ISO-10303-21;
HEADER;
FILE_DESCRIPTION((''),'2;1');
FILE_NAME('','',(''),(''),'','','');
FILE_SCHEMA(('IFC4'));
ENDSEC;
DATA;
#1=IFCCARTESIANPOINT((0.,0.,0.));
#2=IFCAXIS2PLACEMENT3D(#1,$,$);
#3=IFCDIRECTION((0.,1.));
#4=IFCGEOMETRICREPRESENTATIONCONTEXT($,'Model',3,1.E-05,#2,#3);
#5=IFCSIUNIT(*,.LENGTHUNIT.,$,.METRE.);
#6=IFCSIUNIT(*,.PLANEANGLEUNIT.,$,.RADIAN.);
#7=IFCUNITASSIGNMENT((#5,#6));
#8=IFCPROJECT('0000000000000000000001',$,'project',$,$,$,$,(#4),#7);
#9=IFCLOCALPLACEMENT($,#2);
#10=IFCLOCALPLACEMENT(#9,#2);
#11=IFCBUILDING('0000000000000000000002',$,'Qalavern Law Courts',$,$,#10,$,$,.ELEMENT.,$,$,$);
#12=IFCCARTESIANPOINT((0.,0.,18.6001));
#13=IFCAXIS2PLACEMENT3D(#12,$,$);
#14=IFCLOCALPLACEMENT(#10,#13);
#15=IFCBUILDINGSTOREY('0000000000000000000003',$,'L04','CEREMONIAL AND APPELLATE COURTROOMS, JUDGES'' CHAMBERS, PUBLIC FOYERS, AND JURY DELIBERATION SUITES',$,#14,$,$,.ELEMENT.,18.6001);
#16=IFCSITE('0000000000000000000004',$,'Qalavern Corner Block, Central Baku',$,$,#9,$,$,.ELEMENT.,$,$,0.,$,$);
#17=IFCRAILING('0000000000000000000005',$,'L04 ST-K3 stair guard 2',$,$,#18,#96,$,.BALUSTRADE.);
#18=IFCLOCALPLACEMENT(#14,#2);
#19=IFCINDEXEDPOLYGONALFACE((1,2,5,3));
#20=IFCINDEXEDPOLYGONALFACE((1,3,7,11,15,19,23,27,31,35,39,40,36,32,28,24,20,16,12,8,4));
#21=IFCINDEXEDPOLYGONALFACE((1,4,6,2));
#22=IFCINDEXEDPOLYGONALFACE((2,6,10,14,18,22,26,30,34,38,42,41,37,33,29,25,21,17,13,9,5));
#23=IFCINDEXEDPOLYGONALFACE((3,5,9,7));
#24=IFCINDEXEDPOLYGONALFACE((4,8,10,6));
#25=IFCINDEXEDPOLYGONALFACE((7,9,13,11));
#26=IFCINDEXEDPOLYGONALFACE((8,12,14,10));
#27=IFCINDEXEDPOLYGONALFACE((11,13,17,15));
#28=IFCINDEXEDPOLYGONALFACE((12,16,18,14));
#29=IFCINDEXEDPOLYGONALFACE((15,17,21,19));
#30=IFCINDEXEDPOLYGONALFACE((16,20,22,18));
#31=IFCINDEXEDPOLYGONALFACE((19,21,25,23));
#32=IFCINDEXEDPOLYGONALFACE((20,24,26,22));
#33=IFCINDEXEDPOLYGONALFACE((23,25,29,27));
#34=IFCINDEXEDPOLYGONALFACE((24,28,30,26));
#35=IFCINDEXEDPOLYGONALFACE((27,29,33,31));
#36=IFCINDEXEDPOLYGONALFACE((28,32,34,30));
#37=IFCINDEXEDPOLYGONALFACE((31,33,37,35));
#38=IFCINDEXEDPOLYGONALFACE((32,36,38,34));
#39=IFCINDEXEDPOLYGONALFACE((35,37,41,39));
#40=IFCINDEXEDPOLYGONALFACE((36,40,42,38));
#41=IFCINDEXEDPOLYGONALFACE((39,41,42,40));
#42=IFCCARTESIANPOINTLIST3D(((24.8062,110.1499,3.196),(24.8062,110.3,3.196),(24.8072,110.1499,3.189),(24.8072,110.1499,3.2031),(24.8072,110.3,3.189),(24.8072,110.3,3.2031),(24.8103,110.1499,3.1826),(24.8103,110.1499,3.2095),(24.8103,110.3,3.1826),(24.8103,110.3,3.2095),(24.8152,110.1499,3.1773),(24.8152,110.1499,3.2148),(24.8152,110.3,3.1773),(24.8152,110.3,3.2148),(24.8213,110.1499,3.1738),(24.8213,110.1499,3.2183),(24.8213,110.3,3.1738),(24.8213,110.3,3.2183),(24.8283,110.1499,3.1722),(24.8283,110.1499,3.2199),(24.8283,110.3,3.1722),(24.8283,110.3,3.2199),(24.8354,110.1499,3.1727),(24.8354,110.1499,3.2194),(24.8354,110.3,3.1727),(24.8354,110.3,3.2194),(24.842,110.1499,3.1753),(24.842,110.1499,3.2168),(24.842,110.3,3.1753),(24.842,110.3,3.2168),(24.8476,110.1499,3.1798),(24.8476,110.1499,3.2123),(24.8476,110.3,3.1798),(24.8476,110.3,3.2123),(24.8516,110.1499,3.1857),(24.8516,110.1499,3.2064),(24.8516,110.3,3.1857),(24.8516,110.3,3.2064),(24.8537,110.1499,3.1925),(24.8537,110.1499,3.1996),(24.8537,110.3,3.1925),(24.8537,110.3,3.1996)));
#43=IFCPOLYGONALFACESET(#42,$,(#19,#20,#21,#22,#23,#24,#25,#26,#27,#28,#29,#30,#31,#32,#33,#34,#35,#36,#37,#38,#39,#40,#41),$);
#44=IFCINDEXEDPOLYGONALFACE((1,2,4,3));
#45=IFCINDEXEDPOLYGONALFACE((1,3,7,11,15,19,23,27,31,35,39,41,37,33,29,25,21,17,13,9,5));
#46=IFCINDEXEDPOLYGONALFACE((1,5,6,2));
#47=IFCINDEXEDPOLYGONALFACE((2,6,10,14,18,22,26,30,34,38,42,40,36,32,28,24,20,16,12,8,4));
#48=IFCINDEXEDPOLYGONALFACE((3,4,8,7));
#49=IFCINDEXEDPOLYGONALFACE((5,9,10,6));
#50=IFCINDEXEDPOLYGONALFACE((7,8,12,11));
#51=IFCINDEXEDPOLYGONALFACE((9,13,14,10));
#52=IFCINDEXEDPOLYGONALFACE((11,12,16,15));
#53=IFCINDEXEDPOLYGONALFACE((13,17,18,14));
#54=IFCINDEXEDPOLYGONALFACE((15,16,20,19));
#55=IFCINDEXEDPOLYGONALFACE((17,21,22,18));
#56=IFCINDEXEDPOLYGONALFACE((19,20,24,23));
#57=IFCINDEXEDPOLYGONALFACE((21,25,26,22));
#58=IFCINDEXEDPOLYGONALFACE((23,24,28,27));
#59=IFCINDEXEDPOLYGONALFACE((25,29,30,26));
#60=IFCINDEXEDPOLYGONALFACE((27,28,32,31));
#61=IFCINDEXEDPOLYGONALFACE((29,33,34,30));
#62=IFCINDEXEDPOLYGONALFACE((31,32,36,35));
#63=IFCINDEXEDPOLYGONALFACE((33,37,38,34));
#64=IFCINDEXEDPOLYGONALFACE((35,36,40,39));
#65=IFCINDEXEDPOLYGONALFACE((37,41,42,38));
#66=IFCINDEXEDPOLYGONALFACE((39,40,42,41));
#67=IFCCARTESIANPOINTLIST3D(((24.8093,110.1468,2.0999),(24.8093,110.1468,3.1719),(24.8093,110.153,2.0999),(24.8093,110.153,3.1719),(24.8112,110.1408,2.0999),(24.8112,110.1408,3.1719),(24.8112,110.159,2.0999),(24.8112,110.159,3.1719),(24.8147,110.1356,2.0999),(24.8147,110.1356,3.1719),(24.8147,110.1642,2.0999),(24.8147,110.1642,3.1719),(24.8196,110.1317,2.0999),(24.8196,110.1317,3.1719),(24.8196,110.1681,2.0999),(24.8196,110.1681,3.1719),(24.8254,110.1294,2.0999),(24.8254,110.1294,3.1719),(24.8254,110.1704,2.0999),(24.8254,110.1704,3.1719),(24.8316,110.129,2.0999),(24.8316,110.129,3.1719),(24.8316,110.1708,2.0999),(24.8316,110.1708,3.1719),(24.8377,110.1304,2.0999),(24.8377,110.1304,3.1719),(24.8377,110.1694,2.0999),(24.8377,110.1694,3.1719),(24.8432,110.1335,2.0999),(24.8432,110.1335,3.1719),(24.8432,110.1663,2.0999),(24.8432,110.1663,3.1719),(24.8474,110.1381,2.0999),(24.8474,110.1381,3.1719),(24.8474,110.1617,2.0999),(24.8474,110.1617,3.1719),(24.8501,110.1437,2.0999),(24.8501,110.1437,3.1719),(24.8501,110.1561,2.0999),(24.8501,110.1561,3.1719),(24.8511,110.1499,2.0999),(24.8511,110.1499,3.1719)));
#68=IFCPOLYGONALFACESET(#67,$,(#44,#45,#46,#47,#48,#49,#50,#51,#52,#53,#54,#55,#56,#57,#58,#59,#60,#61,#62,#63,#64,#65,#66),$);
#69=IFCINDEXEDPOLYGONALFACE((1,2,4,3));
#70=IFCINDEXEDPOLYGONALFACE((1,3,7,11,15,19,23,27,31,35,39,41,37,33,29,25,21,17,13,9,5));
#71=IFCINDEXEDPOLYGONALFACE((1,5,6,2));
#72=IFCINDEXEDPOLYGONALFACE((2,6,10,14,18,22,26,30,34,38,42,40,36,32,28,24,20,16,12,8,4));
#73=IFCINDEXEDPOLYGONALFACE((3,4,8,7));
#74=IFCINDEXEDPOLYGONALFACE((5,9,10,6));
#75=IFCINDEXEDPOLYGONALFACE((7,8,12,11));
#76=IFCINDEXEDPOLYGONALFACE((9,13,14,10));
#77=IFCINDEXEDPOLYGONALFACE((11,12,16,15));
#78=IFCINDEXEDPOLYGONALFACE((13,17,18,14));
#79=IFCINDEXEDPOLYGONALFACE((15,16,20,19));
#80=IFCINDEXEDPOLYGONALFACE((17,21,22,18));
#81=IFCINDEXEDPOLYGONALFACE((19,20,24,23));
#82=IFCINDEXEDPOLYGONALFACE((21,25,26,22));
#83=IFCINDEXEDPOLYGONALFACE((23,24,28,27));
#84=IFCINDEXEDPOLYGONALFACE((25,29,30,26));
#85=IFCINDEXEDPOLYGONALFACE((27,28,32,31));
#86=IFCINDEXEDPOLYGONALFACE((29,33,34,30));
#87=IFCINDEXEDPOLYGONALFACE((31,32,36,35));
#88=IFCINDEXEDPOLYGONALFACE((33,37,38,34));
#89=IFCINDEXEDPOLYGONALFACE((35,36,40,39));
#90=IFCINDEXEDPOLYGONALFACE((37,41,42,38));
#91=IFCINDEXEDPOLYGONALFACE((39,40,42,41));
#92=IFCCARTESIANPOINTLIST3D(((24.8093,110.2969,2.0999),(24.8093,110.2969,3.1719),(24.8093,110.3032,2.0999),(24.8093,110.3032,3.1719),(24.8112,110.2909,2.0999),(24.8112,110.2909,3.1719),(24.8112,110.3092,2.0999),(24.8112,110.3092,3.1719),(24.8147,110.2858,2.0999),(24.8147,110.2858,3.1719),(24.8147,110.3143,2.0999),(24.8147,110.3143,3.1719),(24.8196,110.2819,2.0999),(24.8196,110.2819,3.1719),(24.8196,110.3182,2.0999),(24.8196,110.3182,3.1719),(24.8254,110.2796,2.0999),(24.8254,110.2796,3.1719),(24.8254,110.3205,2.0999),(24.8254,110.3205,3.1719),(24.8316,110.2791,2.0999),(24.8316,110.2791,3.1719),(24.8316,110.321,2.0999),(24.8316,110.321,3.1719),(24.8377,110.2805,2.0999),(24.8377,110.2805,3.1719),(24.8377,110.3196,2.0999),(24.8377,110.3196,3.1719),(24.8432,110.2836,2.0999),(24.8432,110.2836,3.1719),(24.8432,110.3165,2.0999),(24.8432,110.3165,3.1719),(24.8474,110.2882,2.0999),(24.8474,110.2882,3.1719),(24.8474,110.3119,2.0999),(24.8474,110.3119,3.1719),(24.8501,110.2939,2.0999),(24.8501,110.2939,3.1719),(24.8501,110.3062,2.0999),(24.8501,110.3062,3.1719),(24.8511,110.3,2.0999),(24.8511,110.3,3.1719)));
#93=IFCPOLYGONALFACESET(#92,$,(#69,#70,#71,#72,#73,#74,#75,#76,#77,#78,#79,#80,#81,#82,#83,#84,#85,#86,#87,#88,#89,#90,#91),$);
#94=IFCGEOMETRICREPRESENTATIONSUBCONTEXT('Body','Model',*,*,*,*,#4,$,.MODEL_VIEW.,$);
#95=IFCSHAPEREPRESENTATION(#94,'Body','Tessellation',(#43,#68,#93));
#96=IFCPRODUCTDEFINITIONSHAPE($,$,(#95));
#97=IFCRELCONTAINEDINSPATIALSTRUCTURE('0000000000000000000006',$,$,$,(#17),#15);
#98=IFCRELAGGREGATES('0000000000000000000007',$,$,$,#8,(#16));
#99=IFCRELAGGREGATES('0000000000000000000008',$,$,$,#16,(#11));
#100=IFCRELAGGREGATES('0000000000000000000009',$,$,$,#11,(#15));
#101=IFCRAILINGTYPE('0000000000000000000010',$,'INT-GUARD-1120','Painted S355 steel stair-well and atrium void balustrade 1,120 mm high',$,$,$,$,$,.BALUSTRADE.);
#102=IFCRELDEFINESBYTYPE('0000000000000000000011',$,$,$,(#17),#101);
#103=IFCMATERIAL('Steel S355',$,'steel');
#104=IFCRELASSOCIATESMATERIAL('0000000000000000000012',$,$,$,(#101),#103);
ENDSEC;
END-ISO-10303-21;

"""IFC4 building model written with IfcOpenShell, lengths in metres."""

from ifc_helpers import new_model, si_unit, direction, frame, origin, origin_2d, place, context, subcontext, project, spatial, circle, extrude, material, type_object, element, save


model = new_model("IFC4")

# Units and contexts
model_context = context("Model", 3, precision=1e-05, world=origin(), true_north=direction((0.0, 1.0)))
body_context = subcontext(model_context, "Body", "Model", "MODEL_VIEW")
ifc_project = project(units=[si_unit("LENGTHUNIT", "METRE"), si_unit("PLANEANGLEUNIT", "RADIAN")], contexts=[model_context])

# Site, building, storey
site_placement = place(None, origin())
site = spatial("IfcSite", under=ifc_project, at=site_placement, Name="Qalavern Corner Block, Central Baku", CompositionType="ELEMENT", RefElevation=0.0)
building_placement = place(site_placement, origin())
building = spatial("IfcBuilding", under=site, at=building_placement, Name="Qalavern Law Courts", CompositionType="ELEMENT")
storey_placement = place(building_placement, frame((0.0, 0.0, 18.6001)))
storey = spatial("IfcBuildingStorey", under=building, at=storey_placement, Name="L04", Description="CEREMONIAL AND APPELLATE COURTROOMS, JUDGES' CHAMBERS, PUBLIC FOYERS, AND JURY DELIBERATION SUITES", CompositionType="ELEMENT", Elevation=18.6001)

# Shared definitions
ifc_material_1 = material(Name="Steel S355", Category="steel")

# Railing
railing_type_1 = type_object("IfcRailingType", Name="INT-GUARD-1120", Description="Painted S355 steel stair-well and atrium void balustrade 1,120 mm high", PredefinedType="BALUSTRADE", material=ifc_material_1)
railing_1_placement = place(storey_placement, frame((24.8301, 110.1499, 2.0999)))
element("IfcRailing", 1, at=railing_1_placement, inside=storey, type_object=railing_type_1, Name="L04 ST-K3 stair guard 2", PredefinedType="BALUSTRADE", context=body_context, shape_type="SweptSolid", body=[
    extrude(circle(Radius=0.0239, at=origin_2d()), frame((0.0, 0.0, 1.0962), z_axis=(0.0, 1.0, 0.0), x_axis=(-1.0, 0.0, 0.0)), (0.0, 0.0, 1.0), 0.1501),
    extrude(circle(Radius=0.021, at=origin_2d()), origin(), (0.0, 0.0, 1.0), 1.072),
    extrude(circle(Radius=0.021, at=origin_2d()), frame((0.0, 0.1501, 0.0)), (0.0, 0.0, 1.0), 1.072),
])

save(model, "model.ifc")
